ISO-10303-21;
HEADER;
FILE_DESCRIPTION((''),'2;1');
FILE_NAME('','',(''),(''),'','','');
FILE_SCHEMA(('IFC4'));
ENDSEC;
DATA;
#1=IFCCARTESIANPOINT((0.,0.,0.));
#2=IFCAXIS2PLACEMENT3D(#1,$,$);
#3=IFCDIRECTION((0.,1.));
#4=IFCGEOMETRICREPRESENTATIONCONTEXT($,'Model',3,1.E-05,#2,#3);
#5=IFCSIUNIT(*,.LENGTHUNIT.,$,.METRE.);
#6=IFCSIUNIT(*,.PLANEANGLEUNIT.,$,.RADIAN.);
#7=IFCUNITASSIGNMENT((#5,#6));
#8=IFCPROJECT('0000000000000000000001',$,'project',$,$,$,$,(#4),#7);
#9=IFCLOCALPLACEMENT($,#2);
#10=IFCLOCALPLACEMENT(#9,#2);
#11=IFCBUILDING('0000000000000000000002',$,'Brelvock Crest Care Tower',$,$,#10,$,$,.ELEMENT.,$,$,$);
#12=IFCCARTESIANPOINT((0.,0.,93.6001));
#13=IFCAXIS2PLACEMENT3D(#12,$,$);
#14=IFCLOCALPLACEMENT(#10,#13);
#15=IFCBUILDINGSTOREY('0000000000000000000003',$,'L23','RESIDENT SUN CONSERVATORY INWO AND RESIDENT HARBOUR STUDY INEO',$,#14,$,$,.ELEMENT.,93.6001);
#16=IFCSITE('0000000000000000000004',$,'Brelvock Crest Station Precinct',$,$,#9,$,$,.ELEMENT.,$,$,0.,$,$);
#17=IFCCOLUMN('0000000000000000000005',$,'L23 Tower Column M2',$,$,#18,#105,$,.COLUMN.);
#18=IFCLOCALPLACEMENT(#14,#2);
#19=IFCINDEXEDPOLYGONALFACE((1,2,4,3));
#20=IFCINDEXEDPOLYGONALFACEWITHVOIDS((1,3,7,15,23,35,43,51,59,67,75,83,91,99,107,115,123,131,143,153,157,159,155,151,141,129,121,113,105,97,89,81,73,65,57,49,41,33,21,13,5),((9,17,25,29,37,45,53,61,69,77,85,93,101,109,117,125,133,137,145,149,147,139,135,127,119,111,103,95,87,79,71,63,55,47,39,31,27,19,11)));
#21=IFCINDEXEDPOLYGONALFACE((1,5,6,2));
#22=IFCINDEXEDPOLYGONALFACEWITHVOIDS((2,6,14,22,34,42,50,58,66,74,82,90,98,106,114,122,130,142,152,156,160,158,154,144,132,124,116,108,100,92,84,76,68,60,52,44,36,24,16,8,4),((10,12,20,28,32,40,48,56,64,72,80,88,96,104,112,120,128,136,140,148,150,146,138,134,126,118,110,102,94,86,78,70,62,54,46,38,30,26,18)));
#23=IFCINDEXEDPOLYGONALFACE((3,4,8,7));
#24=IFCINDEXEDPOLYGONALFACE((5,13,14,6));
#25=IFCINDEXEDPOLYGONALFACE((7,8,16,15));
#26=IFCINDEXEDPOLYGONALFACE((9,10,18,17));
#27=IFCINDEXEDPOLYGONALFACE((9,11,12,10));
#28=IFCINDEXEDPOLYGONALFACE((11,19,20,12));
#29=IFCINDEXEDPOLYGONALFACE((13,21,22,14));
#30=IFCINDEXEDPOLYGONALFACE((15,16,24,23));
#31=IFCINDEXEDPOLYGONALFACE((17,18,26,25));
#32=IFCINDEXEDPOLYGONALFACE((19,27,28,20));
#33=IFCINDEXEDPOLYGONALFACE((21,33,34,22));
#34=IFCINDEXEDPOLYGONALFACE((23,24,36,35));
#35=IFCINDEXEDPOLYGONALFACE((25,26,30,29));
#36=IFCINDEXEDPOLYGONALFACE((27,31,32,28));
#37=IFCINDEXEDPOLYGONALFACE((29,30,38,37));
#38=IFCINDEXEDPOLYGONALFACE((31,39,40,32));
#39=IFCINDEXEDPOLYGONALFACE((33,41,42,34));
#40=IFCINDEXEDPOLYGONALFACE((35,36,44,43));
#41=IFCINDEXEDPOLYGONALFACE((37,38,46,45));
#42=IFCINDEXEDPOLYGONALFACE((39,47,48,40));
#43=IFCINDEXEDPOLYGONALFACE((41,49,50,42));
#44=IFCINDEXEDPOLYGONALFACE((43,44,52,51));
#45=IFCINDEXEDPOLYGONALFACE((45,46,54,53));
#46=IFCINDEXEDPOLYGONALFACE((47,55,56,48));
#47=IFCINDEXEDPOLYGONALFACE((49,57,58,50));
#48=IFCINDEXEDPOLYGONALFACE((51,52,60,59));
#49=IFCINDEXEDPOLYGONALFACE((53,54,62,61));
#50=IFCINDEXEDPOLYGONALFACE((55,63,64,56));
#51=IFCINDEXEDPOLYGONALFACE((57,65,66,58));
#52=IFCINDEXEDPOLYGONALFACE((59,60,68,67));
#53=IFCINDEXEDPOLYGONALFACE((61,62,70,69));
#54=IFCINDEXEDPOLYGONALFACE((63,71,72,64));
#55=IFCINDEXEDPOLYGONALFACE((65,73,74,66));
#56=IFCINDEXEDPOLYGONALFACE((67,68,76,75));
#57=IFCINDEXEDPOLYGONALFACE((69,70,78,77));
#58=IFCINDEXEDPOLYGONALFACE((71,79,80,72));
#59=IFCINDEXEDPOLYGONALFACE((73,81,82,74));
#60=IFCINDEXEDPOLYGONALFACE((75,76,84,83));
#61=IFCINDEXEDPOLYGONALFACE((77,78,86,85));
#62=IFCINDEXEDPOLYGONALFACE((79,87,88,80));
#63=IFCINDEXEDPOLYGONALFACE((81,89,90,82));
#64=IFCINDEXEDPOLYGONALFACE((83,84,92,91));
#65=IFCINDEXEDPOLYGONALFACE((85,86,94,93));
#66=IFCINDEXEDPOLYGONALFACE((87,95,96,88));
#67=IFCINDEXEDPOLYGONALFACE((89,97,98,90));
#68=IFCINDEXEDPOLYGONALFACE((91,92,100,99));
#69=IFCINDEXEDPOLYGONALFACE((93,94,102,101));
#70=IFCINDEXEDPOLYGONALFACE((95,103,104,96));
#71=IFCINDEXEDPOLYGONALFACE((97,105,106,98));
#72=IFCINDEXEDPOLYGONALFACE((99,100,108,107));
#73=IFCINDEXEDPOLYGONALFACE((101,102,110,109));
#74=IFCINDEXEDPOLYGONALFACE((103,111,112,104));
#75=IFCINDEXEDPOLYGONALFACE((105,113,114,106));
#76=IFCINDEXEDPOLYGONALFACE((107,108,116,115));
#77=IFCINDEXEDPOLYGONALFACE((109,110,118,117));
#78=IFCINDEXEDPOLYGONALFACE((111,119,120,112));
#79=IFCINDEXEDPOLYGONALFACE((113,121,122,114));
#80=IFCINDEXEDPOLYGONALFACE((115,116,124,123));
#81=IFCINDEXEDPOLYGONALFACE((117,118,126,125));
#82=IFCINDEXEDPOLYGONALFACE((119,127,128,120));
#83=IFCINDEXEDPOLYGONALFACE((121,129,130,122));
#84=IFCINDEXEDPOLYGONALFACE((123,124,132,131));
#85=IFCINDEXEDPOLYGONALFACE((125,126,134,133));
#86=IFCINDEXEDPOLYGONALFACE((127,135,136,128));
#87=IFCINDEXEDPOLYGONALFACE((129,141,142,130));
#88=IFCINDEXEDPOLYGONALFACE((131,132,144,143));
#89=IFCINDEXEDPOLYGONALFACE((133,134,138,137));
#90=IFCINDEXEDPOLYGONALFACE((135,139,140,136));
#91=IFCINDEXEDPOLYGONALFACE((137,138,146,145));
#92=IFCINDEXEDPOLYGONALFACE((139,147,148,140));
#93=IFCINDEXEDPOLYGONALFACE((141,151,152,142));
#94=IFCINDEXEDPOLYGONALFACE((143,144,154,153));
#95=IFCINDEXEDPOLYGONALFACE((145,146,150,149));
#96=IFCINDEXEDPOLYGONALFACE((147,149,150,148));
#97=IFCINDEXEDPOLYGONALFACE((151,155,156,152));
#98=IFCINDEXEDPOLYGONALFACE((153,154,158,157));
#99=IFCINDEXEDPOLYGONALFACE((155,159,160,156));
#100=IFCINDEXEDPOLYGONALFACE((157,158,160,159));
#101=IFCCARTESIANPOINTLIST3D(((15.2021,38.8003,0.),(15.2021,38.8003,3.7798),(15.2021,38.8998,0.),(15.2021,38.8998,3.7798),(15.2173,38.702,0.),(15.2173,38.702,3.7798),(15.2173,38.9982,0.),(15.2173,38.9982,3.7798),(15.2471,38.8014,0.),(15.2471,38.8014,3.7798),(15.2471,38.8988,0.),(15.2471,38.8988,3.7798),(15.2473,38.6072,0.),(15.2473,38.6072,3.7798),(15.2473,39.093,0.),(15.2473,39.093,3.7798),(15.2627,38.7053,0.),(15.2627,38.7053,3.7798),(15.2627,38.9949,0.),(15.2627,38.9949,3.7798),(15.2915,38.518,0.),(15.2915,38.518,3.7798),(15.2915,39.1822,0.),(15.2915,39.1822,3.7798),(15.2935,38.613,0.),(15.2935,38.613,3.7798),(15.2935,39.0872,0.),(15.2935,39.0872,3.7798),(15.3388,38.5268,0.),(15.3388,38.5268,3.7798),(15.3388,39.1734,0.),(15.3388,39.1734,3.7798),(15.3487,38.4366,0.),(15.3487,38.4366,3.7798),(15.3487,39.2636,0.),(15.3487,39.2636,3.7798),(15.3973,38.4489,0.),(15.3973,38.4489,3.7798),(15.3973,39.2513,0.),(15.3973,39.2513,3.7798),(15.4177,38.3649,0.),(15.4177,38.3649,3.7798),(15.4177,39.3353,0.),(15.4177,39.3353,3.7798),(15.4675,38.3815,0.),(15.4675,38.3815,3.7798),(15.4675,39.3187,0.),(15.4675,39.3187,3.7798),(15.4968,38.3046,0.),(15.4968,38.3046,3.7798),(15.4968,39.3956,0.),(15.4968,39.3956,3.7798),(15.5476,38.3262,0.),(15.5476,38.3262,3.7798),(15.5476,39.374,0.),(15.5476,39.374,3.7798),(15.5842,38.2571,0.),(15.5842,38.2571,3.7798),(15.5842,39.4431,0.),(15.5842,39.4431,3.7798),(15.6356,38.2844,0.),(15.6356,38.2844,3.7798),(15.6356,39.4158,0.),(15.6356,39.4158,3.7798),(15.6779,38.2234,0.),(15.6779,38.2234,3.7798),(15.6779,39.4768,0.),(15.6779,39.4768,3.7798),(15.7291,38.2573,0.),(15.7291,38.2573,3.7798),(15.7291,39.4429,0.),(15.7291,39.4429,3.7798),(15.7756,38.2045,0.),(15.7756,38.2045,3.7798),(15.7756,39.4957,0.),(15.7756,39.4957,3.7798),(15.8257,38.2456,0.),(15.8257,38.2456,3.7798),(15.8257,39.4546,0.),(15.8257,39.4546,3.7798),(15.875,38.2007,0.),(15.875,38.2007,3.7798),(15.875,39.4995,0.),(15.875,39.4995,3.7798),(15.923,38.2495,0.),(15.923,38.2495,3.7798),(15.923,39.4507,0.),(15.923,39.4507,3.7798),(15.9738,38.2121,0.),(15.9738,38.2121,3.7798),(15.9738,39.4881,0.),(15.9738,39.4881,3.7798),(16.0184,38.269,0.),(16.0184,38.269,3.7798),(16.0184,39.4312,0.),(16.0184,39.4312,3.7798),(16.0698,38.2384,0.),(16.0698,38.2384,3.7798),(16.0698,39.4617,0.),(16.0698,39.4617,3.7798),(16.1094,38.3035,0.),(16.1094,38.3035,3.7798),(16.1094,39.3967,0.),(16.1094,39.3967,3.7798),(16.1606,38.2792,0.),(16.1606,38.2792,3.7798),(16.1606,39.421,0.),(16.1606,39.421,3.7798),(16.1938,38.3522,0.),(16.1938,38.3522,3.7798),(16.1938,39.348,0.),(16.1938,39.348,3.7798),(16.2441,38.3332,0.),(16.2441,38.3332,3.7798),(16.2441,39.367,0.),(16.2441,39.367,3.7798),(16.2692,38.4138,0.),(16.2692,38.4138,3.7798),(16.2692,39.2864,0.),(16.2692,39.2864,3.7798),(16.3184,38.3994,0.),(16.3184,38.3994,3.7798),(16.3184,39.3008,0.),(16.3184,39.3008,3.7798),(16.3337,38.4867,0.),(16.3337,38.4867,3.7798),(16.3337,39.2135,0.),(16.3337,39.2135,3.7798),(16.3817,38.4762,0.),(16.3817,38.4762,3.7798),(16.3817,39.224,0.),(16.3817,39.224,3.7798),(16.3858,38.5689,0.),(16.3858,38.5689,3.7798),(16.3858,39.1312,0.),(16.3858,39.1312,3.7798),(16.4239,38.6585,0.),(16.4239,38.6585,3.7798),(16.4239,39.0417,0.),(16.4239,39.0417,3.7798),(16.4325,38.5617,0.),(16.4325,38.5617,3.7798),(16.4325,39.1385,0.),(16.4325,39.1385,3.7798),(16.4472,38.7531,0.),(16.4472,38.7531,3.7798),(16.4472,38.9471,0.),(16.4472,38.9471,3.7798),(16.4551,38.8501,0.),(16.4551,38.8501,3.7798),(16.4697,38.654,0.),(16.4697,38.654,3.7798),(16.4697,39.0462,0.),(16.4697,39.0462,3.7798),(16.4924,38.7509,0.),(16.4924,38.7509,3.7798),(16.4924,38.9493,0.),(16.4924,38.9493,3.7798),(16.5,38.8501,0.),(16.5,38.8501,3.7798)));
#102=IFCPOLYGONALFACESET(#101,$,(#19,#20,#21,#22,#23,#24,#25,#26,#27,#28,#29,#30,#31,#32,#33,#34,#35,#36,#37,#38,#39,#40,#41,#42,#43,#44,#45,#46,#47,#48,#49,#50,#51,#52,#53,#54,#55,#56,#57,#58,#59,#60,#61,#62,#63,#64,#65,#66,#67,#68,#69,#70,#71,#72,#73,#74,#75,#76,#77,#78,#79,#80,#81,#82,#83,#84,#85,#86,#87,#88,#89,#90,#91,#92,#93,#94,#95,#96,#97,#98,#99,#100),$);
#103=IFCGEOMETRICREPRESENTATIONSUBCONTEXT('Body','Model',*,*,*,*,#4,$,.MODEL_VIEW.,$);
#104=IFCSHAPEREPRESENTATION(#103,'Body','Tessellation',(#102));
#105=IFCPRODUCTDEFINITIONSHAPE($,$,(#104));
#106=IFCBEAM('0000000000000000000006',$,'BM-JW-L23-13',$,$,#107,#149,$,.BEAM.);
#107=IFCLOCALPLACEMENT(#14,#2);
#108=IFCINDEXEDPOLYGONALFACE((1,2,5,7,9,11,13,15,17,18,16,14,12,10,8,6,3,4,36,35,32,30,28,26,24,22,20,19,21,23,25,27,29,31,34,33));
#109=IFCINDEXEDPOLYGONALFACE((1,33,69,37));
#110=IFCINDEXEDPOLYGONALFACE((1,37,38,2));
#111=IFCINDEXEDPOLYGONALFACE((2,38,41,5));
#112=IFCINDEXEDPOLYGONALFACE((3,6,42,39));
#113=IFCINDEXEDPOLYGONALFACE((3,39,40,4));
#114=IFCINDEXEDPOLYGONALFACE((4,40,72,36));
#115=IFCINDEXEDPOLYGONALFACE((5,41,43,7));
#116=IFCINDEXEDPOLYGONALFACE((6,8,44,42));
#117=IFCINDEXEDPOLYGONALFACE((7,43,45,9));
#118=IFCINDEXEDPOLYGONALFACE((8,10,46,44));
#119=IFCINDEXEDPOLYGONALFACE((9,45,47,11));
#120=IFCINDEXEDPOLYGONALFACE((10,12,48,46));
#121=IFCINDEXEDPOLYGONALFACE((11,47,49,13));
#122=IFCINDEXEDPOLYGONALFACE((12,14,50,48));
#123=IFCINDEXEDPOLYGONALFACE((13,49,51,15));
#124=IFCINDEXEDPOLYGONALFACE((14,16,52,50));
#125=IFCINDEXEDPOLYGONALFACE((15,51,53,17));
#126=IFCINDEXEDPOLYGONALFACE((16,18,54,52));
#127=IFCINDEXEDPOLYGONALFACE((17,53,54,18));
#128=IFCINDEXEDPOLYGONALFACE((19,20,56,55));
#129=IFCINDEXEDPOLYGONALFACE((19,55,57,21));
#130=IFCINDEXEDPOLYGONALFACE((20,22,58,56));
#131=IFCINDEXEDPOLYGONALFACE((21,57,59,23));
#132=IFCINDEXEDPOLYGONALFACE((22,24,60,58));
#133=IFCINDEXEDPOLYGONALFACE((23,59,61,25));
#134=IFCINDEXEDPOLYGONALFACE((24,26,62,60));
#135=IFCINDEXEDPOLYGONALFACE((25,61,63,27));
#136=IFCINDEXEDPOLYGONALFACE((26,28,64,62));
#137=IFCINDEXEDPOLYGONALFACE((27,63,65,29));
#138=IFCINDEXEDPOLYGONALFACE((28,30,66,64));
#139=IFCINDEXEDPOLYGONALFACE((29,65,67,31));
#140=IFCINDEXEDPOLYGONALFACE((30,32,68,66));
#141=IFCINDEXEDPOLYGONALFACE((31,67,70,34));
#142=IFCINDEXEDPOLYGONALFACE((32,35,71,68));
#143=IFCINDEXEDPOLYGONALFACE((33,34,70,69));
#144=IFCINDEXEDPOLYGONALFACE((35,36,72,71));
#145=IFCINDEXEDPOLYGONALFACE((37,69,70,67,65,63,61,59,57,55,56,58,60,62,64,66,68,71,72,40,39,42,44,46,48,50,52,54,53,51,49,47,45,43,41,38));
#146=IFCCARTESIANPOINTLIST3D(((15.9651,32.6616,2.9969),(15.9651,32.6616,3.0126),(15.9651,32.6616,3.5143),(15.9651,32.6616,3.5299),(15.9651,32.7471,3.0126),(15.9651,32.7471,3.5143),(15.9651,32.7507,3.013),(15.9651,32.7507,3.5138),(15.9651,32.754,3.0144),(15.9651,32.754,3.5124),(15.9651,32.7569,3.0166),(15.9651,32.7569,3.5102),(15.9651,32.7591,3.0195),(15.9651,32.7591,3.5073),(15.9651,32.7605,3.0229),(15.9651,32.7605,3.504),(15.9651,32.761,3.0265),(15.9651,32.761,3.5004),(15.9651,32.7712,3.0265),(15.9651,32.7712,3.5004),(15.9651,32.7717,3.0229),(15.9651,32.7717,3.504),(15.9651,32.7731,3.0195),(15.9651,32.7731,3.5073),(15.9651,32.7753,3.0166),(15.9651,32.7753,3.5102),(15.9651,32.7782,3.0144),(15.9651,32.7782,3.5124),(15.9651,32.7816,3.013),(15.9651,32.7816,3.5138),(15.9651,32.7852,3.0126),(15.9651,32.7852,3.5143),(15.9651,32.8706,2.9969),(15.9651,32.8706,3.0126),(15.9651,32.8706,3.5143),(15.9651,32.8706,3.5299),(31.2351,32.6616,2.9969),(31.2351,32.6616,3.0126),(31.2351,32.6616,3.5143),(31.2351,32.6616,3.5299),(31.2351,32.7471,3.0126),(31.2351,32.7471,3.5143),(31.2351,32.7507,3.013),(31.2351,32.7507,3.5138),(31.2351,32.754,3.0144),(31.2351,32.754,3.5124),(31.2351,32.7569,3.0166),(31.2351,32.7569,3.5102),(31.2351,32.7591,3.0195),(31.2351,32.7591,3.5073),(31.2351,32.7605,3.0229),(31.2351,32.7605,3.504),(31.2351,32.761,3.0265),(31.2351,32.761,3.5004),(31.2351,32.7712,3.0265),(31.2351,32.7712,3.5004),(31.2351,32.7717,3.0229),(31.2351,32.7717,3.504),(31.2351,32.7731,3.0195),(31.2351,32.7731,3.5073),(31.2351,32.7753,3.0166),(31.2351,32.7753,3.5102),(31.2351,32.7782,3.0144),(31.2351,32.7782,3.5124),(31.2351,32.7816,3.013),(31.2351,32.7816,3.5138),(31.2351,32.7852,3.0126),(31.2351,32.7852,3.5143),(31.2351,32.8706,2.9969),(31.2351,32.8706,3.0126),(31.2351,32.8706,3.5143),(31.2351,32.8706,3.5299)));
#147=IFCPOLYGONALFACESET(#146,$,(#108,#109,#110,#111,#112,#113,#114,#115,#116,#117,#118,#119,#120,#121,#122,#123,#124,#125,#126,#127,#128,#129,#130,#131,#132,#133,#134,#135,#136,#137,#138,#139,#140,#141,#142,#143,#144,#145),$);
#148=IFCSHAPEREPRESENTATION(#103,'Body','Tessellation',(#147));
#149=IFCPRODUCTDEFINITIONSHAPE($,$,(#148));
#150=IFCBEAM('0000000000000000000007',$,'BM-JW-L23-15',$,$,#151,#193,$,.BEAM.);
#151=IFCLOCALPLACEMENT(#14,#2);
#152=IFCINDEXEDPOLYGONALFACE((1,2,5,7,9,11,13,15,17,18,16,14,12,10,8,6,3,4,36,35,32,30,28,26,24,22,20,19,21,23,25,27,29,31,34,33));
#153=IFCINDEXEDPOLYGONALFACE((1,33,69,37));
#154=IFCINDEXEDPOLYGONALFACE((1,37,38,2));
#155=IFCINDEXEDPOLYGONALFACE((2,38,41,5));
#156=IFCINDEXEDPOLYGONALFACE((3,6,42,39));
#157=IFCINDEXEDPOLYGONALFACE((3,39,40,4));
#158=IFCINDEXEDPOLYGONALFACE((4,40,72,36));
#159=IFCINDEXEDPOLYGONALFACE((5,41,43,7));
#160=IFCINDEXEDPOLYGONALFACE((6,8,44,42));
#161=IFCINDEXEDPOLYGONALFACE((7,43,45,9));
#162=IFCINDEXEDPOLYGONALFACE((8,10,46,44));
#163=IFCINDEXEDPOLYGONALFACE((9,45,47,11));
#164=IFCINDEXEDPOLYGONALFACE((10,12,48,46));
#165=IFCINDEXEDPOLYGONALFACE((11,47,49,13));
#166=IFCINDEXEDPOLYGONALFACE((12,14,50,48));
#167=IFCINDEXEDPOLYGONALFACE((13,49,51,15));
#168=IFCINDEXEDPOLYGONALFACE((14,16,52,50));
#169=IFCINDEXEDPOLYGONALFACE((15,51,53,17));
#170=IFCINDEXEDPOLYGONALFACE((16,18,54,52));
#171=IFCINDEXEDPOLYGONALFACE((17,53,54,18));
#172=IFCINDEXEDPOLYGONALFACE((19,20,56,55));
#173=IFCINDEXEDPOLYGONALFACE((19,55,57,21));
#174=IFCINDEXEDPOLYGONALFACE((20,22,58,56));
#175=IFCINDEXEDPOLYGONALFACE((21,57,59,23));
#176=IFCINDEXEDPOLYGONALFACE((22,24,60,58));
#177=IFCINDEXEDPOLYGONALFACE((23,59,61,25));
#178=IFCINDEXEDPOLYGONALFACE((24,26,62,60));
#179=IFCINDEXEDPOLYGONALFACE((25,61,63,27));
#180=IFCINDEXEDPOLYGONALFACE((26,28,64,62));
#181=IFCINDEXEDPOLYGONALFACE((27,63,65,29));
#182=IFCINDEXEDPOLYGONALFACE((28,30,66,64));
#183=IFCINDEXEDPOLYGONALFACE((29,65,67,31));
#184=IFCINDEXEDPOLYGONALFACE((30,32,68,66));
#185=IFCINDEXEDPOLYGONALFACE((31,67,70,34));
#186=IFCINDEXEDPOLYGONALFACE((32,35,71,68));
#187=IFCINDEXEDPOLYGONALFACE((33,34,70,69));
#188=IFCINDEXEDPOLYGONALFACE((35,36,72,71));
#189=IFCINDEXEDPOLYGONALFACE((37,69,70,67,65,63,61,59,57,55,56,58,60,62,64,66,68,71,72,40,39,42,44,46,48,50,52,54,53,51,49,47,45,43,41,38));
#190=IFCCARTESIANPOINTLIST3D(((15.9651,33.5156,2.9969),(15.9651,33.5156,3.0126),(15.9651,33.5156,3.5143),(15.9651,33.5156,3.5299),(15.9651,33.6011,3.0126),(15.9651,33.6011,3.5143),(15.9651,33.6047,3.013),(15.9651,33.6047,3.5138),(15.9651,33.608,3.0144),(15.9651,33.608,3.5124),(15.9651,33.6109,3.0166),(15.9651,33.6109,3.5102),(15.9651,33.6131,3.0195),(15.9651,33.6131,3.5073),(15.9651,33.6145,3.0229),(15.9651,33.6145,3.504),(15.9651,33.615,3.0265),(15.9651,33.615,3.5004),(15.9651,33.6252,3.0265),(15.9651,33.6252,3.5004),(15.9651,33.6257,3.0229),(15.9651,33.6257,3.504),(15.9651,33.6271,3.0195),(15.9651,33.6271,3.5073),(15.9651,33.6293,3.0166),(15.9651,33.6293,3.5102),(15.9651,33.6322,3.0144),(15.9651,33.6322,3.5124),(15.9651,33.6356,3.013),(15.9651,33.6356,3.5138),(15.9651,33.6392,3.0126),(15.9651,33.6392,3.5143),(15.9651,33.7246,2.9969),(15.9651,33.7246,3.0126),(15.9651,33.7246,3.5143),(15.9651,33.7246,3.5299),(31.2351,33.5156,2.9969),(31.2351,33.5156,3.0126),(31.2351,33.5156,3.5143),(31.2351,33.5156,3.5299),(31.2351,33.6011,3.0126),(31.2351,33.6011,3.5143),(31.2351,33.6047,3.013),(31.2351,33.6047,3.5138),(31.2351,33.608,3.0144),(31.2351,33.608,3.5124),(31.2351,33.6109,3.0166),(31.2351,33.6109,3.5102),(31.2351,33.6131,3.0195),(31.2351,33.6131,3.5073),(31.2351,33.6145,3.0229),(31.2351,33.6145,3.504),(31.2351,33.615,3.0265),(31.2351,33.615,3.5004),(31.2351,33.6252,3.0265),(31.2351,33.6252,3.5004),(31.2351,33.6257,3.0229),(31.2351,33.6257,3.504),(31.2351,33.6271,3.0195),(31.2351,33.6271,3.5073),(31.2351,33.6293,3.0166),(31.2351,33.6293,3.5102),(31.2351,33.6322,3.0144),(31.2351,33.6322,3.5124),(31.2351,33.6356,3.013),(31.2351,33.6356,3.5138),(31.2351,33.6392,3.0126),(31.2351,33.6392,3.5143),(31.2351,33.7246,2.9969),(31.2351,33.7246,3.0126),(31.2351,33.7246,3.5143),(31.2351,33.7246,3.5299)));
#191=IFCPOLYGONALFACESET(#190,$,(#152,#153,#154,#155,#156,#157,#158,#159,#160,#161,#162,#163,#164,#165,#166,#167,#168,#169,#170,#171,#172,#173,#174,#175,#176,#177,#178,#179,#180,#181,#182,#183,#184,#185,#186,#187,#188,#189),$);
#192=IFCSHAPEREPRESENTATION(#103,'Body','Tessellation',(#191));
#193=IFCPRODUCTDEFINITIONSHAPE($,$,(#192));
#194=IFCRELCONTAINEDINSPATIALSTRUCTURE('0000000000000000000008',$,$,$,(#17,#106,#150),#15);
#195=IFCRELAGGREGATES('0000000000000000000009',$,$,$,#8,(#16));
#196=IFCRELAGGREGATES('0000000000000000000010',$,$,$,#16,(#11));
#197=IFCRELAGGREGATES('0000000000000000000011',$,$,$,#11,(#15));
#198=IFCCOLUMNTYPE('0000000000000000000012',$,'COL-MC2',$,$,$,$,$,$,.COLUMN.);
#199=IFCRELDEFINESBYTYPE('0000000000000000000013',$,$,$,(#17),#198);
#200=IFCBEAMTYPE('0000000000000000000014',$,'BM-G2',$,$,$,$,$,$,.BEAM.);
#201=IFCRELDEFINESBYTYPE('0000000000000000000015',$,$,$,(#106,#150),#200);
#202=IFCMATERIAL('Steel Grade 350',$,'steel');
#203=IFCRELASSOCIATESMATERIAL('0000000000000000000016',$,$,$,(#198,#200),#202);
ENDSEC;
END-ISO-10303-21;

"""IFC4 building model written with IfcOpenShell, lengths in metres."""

from ifc_helpers import new_model, si_unit, direction, frame, origin, origin_2d, place, context, subcontext, project, spatial, hollow_circle, i_section, extrude, source, transform, mapped, material, material_profile, profile_set, type_object, element, save


model = new_model("IFC4")

# Units and contexts
model_context = context("Model", 3, precision=1e-05, world=origin(), true_north=direction((0.0, 1.0)))
body_context = subcontext(model_context, "Body", "Model", "MODEL_VIEW")
ifc_project = project(units=[si_unit("LENGTHUNIT", "METRE"), si_unit("PLANEANGLEUNIT", "RADIAN")], contexts=[model_context])

# Site, building, storey
site_placement = place(None, origin())
site = spatial("IfcSite", under=ifc_project, at=site_placement, Name="Brelvock Crest Station Precinct", CompositionType="ELEMENT", RefElevation=0.0)
building_placement = place(site_placement, origin())
building = spatial("IfcBuilding", under=site, at=building_placement, Name="Brelvock Crest Care Tower", CompositionType="ELEMENT")
storey_placement = place(building_placement, frame((0.0, 0.0, 93.6001)))
storey = spatial("IfcBuildingStorey", under=building, at=storey_placement, Name="L23", Description="RESIDENT SUN CONSERVATORY INWO AND RESIDENT HARBOUR STUDY INEO", CompositionType="ELEMENT", Elevation=93.6001)

# Column
ifc_material_1 = material(Name="Steel Grade 350", Category="steel")
ifc_material_profile_1 = material_profile(ifc_material_1, hollow_circle(Radius=0.6499, WallThickness=0.0449, at=origin_2d()), Name="CFT1300x45")
ifc_profile_set_1 = profile_set([ifc_material_profile_1], Name="Steel Grade 350")
column_type = type_object("IfcColumnType", Name="COL-MC2", PredefinedType="COLUMN", material=ifc_profile_set_1)
shared_shape_1 = source(origin(), body_context, "Body", "SweptSolid", [
    extrude(hollow_circle(Radius=0.6499, WallThickness=0.0449, at=origin_2d()), origin(), (0.0, 0.0, 1.0), 3.7798),
])
column_placement = place(storey_placement, frame((15.8501, 38.8501, 0.0), z_axis=(0.0, 0.0, 1.0), x_axis=(1.0, 0.0, 0.0)))
element("IfcColumn", 1, at=column_placement, inside=storey, type_object=column_type, Name="L23 Tower Column M2", PredefinedType="COLUMN", context=body_context, shape_type="MappedRepresentation", body=[
    mapped(shared_shape_1, transform((0.0, 0.0, 0.0), x_axis=(1.0, 0.0, 0.0), y_axis=(0.0, 1.0, 0.0), z_axis=(0.0, 0.0, 1.0), scale=1.0)),
])

# Beams
ifc_material_profile_2 = material_profile(ifc_material_1, i_section(OverallWidth=0.209, OverallDepth=0.533, WebThickness=0.0103, FlangeThickness=0.0156, FilletRadius=0.0139, at=origin_2d()), Name="530UB92.4")
ifc_profile_set_2 = profile_set([ifc_material_profile_2], Name="Steel Grade 350")
beam_type_1 = type_object("IfcBeamType", Name="BM-G2", PredefinedType="BEAM", material=ifc_profile_set_2)
shared_shape_2 = source(origin(), body_context, "Body", "SweptSolid", [
    extrude(i_section(OverallWidth=0.209, OverallDepth=0.533, WebThickness=0.0103, FlangeThickness=0.0156, FilletRadius=0.0139, at=origin_2d()), origin(), (0.0, 0.0, 1.0), 15.27),
])
for number, where, z_axis, x_axis, name in (
    (2, (15.9651, 32.7661, 3.2634), (1.0, 0.0, 0.0), (0.0, 1.0, 0.0), "BM-JW-L23-13"),
    (3, (15.9651, 33.6201, 3.2634), (1.0, 0.0, 0.0), (0.0, 1.0, 0.0), "BM-JW-L23-15"),
):
    element("IfcBeam", number, at=place(storey_placement, frame(where, z_axis=z_axis, x_axis=x_axis)), inside=storey, type_object=beam_type_1, Name=name, PredefinedType="BEAM", context=body_context, shape_type="MappedRepresentation", body=[
        mapped(shared_shape_2, transform((0.0, 0.0, 0.0), x_axis=(1.0, 0.0, 0.0), y_axis=(0.0, 1.0, 0.0), z_axis=(0.0, 0.0, 1.0), scale=1.0)),
    ])

save(model, "model.ifc")
